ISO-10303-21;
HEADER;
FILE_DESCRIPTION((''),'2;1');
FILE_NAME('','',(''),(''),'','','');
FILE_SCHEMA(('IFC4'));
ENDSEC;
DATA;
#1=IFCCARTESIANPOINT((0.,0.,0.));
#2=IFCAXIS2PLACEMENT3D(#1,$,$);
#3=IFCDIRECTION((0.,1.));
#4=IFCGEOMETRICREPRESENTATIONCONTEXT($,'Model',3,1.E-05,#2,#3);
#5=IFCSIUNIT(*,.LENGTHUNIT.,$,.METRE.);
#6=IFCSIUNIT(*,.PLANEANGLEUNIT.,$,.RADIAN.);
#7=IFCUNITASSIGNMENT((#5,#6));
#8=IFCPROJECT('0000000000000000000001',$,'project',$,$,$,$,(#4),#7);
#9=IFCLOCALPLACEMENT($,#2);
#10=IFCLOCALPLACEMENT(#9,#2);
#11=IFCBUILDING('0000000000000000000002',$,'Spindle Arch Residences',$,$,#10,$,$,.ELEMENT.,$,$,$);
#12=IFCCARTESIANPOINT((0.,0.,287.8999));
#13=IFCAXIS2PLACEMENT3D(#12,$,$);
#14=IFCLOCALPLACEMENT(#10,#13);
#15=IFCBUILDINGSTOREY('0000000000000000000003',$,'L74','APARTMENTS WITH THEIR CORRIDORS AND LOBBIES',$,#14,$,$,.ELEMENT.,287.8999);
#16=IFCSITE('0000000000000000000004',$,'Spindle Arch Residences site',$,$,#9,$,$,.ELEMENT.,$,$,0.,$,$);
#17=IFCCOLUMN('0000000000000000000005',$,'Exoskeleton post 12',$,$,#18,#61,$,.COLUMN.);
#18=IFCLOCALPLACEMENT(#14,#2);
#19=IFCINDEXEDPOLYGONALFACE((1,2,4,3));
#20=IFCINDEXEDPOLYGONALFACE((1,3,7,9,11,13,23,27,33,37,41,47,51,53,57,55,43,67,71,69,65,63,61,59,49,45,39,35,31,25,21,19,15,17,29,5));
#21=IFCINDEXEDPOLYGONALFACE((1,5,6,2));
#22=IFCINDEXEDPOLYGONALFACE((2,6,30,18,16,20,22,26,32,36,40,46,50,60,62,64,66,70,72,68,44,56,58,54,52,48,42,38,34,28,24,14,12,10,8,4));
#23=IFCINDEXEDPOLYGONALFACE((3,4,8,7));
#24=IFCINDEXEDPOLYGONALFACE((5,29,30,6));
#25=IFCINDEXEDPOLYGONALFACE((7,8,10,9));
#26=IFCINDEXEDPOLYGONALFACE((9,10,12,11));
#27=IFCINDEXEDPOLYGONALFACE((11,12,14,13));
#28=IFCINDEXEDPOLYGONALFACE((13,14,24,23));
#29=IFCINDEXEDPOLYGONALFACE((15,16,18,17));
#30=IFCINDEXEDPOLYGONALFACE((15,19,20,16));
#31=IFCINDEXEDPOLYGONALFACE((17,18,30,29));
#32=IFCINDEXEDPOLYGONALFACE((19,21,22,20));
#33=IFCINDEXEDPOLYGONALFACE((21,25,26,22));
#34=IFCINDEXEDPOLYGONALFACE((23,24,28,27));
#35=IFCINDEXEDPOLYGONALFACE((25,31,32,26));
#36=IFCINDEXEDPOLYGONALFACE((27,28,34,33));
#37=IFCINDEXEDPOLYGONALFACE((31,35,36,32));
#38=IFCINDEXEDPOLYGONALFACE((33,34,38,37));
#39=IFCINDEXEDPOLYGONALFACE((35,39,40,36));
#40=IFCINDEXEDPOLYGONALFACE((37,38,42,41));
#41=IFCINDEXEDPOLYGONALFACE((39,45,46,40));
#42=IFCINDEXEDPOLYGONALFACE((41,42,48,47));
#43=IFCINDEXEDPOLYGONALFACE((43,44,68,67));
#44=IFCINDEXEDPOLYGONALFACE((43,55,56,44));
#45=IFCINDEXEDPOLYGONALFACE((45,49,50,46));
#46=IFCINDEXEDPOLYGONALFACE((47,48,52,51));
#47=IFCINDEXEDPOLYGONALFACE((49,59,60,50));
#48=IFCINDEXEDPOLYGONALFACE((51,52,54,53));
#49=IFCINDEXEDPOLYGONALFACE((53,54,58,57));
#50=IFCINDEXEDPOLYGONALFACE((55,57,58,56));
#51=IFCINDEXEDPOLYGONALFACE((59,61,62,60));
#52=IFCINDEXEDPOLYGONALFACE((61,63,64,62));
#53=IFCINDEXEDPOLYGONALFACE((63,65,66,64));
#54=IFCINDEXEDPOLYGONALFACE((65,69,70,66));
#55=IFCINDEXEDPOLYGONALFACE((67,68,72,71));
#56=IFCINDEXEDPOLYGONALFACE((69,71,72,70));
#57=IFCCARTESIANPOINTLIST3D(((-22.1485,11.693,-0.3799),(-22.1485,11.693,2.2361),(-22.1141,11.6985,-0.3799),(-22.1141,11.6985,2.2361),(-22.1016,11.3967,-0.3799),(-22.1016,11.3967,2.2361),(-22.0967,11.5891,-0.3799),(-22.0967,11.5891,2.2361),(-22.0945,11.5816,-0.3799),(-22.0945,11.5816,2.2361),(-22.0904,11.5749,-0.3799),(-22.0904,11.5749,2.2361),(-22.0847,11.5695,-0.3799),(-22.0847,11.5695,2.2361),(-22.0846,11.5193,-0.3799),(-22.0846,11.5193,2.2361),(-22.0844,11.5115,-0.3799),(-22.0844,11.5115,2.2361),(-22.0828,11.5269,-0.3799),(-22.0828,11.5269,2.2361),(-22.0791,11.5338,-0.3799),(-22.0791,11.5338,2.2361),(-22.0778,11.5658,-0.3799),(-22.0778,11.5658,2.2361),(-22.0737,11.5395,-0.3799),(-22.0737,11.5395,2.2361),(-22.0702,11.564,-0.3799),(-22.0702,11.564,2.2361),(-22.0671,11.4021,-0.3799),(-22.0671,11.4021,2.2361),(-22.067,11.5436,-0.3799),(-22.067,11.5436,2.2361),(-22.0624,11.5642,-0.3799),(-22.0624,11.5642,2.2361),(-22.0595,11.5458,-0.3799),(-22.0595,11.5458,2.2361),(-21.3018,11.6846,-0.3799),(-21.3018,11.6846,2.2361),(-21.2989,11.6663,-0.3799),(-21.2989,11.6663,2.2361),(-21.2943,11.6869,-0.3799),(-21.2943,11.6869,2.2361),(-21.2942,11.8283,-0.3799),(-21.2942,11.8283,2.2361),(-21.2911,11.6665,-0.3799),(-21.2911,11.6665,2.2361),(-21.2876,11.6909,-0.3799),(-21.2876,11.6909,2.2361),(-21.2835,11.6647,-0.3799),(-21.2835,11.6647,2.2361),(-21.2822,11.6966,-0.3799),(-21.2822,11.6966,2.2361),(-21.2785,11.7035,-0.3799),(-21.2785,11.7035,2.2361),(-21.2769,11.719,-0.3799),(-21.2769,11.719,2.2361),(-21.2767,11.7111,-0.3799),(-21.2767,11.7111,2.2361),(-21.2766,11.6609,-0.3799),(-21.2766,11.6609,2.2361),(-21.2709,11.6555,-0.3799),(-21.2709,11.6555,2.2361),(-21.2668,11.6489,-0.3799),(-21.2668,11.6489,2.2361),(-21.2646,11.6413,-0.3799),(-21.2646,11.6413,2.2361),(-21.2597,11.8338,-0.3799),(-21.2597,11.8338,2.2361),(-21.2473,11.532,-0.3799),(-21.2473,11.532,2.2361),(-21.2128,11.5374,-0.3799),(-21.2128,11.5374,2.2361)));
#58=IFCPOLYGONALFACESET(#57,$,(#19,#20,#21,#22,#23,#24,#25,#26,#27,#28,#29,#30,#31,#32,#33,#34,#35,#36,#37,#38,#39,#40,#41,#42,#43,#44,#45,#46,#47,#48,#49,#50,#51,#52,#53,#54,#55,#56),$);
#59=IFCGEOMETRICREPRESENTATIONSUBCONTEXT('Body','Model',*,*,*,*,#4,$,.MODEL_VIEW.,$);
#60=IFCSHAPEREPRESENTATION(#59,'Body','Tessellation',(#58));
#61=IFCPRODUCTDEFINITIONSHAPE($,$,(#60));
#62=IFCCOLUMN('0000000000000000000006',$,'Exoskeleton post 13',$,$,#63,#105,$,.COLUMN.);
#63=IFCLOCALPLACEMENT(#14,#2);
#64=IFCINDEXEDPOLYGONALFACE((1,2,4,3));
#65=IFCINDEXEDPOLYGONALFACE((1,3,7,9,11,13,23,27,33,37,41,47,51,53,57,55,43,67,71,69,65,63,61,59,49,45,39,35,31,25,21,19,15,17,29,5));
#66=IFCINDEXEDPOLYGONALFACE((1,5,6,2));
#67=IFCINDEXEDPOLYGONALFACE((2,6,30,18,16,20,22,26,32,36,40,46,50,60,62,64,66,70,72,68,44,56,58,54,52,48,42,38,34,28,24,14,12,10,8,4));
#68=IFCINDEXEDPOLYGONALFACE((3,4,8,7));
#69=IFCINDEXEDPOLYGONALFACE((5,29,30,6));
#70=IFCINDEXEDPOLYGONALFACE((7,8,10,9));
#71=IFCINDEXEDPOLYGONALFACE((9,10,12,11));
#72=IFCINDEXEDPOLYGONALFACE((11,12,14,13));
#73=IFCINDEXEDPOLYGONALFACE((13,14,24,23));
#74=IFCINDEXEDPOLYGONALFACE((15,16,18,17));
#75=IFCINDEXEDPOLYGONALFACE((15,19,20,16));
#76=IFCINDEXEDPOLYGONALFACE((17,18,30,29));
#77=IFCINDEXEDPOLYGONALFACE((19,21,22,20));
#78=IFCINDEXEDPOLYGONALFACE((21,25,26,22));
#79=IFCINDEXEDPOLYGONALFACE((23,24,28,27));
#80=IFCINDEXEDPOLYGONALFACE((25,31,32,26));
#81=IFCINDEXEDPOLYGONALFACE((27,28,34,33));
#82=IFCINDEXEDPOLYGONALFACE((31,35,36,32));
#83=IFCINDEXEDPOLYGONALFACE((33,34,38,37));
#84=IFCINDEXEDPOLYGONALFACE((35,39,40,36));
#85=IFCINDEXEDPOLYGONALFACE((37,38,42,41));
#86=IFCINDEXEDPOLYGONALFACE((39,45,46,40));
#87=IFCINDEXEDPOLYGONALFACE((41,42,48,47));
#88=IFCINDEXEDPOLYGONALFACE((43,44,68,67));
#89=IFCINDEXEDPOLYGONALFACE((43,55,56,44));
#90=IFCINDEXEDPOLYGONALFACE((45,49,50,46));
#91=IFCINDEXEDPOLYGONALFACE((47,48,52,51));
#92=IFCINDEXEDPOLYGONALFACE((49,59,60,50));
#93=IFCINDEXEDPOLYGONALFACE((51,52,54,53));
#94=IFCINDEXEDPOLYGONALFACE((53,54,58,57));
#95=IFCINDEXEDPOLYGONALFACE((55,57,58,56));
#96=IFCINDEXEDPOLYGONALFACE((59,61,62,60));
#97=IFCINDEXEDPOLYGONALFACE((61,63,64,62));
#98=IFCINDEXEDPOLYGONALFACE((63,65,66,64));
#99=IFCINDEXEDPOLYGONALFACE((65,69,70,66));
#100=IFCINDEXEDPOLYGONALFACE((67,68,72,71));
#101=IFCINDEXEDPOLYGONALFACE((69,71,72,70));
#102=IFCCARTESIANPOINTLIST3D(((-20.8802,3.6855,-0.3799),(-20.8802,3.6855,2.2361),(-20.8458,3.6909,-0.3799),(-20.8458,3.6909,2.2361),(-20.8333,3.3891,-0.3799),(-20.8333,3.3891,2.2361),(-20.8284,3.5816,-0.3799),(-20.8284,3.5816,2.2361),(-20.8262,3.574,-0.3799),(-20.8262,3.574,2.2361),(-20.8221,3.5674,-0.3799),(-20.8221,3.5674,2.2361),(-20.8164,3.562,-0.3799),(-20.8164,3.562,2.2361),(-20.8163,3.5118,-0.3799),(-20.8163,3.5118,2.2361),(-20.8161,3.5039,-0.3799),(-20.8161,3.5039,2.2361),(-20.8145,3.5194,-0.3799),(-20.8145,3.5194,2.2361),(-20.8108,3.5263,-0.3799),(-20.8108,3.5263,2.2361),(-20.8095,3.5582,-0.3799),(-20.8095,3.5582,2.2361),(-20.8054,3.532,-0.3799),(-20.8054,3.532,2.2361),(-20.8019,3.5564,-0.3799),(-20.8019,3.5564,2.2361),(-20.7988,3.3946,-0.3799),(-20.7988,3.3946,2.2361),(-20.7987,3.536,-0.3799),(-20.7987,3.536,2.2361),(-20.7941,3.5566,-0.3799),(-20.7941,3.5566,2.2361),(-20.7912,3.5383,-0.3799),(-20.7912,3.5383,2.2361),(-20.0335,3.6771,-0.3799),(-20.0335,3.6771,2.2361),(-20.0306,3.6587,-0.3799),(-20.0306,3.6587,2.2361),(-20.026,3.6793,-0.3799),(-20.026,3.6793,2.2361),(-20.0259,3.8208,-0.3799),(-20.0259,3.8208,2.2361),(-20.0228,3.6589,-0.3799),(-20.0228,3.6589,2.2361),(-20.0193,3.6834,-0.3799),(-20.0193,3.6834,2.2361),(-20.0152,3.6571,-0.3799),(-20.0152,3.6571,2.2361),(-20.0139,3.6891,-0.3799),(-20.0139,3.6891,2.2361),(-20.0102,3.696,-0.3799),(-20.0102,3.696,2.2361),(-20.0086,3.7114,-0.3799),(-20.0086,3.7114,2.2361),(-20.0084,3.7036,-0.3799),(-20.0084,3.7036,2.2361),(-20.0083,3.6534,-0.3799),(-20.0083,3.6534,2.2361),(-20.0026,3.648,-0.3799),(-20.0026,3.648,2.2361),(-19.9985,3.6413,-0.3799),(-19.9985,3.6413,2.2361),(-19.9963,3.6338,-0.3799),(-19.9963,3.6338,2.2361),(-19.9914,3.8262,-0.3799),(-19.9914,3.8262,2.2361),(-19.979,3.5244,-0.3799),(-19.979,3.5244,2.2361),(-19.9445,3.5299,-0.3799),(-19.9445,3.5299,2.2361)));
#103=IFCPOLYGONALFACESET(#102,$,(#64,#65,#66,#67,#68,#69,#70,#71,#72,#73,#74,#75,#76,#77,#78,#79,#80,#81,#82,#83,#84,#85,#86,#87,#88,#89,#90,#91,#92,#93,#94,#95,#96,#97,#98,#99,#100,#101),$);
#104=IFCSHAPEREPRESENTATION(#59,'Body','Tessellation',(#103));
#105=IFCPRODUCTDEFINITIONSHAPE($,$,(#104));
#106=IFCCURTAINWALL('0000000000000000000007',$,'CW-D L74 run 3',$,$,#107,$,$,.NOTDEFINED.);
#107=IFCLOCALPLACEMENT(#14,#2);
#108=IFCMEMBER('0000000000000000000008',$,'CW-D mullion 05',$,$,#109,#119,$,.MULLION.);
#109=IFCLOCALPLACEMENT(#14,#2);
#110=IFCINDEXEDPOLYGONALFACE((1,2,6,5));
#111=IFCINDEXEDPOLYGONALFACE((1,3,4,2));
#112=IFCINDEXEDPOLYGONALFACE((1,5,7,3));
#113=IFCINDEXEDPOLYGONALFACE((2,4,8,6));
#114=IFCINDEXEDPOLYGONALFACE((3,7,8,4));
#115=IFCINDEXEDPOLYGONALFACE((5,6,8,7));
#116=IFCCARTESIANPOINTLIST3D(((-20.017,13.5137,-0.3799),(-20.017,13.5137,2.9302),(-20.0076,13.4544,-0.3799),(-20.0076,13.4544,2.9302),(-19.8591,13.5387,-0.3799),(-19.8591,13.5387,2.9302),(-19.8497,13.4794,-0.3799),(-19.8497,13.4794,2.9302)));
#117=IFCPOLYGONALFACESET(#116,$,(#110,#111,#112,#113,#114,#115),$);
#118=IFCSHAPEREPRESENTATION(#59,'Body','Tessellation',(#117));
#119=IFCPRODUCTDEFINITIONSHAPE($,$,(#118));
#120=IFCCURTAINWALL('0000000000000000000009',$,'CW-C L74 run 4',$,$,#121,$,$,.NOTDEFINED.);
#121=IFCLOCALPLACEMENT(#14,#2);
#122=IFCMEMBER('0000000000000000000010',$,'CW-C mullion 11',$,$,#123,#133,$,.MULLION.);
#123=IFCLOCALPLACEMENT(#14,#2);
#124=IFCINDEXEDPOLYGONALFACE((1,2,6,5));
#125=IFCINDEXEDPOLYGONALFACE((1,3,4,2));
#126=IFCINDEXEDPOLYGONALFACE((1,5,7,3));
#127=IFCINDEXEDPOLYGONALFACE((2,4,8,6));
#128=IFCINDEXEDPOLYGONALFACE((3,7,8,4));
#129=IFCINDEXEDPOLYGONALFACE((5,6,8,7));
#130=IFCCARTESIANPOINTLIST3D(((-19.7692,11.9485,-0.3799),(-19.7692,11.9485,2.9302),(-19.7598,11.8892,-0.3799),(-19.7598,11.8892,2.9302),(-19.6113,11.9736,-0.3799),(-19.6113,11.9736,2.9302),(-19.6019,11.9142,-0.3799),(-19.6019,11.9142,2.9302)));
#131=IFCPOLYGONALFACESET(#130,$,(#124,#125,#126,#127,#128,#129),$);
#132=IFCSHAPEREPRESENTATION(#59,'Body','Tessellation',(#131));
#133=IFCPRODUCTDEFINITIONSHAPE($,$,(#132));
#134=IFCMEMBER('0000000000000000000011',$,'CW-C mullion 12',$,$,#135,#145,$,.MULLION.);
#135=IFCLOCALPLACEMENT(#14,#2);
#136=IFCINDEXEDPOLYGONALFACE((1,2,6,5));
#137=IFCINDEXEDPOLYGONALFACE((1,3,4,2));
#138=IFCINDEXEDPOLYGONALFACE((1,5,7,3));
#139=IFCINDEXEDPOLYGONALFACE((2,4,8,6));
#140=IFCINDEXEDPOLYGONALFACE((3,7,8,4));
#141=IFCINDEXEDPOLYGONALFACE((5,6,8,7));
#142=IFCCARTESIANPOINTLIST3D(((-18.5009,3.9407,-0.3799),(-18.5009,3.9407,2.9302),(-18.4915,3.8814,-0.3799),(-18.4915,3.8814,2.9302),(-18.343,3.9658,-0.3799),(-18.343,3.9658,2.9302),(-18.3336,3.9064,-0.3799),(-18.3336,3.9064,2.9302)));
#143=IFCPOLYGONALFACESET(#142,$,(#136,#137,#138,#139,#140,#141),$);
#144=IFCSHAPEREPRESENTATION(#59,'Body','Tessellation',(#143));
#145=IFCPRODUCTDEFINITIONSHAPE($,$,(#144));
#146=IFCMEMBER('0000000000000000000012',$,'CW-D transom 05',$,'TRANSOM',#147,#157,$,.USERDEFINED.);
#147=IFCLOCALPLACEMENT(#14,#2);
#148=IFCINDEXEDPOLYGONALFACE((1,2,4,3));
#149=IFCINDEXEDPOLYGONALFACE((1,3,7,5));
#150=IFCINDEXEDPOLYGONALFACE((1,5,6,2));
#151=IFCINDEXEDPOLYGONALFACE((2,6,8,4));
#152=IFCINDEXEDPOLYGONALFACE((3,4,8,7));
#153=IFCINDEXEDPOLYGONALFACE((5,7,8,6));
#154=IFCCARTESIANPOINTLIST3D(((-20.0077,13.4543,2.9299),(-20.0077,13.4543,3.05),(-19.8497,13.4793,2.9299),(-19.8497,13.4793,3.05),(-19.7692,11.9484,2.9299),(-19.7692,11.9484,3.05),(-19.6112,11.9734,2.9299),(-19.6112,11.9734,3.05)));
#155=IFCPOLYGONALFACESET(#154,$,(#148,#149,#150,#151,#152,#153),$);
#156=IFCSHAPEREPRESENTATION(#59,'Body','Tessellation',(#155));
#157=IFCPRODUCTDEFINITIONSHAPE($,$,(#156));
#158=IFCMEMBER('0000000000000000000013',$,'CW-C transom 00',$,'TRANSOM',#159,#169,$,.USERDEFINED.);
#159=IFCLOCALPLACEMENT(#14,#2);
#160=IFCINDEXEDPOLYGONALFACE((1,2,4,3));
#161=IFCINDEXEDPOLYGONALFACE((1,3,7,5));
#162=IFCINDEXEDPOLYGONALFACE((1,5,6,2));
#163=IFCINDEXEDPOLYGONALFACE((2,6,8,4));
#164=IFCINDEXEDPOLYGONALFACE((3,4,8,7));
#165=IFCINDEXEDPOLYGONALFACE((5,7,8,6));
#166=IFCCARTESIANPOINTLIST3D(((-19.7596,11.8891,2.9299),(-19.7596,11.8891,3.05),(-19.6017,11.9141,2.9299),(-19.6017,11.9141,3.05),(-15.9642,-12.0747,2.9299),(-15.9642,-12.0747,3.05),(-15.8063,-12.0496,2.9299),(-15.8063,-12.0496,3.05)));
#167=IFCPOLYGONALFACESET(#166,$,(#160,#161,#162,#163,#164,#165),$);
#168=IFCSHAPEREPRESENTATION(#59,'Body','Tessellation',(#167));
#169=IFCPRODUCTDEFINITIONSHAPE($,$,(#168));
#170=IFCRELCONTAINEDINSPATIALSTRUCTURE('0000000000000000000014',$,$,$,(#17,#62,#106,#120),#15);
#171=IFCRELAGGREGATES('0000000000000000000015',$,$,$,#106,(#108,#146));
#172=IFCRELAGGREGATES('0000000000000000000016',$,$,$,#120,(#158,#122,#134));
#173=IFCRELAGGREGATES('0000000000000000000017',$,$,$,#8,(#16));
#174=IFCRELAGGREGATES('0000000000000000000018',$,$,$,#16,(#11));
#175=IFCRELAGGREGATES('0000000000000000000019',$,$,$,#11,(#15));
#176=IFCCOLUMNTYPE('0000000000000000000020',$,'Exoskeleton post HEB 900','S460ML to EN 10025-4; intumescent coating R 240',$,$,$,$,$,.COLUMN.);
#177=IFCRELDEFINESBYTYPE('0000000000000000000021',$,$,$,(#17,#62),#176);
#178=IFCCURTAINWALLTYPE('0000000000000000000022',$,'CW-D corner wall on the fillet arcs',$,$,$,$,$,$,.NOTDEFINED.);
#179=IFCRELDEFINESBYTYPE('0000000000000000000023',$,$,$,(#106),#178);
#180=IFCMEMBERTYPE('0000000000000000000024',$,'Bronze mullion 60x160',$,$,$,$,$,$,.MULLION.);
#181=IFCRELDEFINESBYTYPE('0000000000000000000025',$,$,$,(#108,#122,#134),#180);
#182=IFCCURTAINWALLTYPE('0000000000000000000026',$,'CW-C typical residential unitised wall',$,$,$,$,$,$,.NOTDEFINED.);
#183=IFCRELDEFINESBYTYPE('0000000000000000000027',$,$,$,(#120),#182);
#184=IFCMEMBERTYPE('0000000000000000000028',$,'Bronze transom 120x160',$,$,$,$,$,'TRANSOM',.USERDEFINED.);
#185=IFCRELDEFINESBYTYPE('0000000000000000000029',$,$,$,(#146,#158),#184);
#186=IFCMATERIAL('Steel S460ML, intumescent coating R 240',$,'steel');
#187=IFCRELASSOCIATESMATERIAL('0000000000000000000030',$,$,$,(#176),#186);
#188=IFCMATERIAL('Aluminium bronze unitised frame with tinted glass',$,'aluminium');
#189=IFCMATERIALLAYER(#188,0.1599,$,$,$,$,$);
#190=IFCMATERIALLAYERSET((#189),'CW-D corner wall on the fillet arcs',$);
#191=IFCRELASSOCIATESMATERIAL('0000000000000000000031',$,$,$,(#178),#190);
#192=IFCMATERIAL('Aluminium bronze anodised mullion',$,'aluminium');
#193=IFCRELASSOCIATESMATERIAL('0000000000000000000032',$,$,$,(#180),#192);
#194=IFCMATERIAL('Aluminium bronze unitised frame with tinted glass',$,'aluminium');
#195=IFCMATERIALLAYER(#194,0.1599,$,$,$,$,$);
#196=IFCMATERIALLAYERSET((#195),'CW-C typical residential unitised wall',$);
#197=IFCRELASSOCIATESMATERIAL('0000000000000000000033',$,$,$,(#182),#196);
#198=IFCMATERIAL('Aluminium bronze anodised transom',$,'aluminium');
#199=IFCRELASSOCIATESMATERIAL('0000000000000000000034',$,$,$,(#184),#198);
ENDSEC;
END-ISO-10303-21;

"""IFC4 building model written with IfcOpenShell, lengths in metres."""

from ifc_helpers import new_model, si_unit, direction, frame, origin, origin_2d, place, context, subcontext, project, spatial, rectangle, i_section, extrude, material, layer, layer_set, material_profile, profile_set, type_object, element, aggregate, save


model = new_model("IFC4")

# Units and contexts
model_context = context("Model", 3, precision=1e-05, world=origin(), true_north=direction((0.0, 1.0)))
body_context = subcontext(model_context, "Body", "Model", "MODEL_VIEW")
ifc_project = project(units=[si_unit("LENGTHUNIT", "METRE"), si_unit("PLANEANGLEUNIT", "RADIAN")], contexts=[model_context])

# Site, building, storey
site_placement = place(None, origin())
site = spatial("IfcSite", under=ifc_project, at=site_placement, Name="Spindle Arch Residences site", CompositionType="ELEMENT", RefElevation=0.0)
building_placement = place(site_placement, origin())
building = spatial("IfcBuilding", under=site, at=building_placement, Name="Spindle Arch Residences", CompositionType="ELEMENT")
storey_placement = place(building_placement, frame((0.0, 0.0, 287.8999)))
storey = spatial("IfcBuildingStorey", under=building, at=storey_placement, Name="L74", Description="APARTMENTS WITH THEIR CORRIDORS AND LOBBIES", CompositionType="ELEMENT", Elevation=287.8999)

# Columns
ifc_material_1 = material(Name="Steel S460ML, intumescent coating R 240", Category="steel")
ifc_material_profile_1 = material_profile(ifc_material_1, i_section(OverallWidth=0.3, OverallDepth=0.8999, WebThickness=0.0186, FlangeThickness=0.0349, FilletRadius=0.03, at=origin_2d()), Name="HEB 900")
ifc_profile_set_1 = profile_set([ifc_material_profile_1], Name="Steel S460ML, intumescent coating R 240")
column_type = type_object("IfcColumnType", Name="Exoskeleton post HEB 900", Description="S460ML to EN 10025-4; intumescent coating R 240", PredefinedType="COLUMN", material=ifc_profile_set_1)
for number, where, z_axis, x_axis, name in (
    (1, (-21.6807, 11.6152, -0.3799), (0.0, 0.0, 1.0), (-0.156434, 0.987688, 0.0), "Exoskeleton post 12"),
    (2, (-20.4124, 3.6077, -0.3799), (0.0, 0.0, 1.0), (-0.156434, 0.987688, 0.0), "Exoskeleton post 13"),
):
    element("IfcColumn", number, at=place(storey_placement, frame(where, z_axis=z_axis, x_axis=x_axis)), inside=storey, type_object=column_type, Name=name, PredefinedType="COLUMN", context=body_context, shape_type="SweptSolid", body=[
        extrude(i_section(OverallWidth=0.3, OverallDepth=0.8999, WebThickness=0.0186, FlangeThickness=0.0349, FilletRadius=0.03, at=origin_2d()), origin(), (0.0, 0.0, 1.0), 2.616),
    ])

# Curtain wall, member
ifc_material_2 = material(Name="Aluminium bronze unitised frame with tinted glass", Category="aluminium")
ifc_layer_1 = layer(ifc_material_2, 0.1599)
ifc_layer_set_1 = layer_set([ifc_layer_1], Name="CW-D corner wall on the fillet arcs")
curtain_wall_type_1 = type_object("IfcCurtainWallType", Name="CW-D corner wall on the fillet arcs", PredefinedType="NOTDEFINED", material=ifc_layer_set_1)
curtain_wall_1_placement = place(storey_placement, origin())
curtain_wall_1 = element("IfcCurtainWall", 3, at=curtain_wall_1_placement, inside=storey, type_object=curtain_wall_type_1, Name="CW-D L74 run 3", PredefinedType="NOTDEFINED")
ifc_material_3 = material(Name="Aluminium bronze anodised mullion", Category="aluminium")
ifc_material_profile_2 = material_profile(ifc_material_3, rectangle(XDim=0.1599, YDim=0.0601, at=origin_2d()), Name="MU 60x160")
ifc_profile_set_2 = profile_set([ifc_material_profile_2], Name="Aluminium bronze anodised mullion")
member_type_1 = type_object("IfcMemberType", Name="Bronze mullion 60x160", PredefinedType="MULLION", material=ifc_profile_set_2)
member_1_placement = place(storey_placement, frame((-19.9333, 13.4966, -0.3799), z_axis=(0.0, 0.0, 1.0), x_axis=(0.987688, 0.156434, 0.0)))
member_1 = element("IfcMember", 4, at=member_1_placement, type_object=member_type_1, Name="CW-D mullion 05", PredefinedType="MULLION", context=body_context, shape_type="SweptSolid", body=[
    extrude(rectangle(XDim=0.1599, YDim=0.0601, at=origin_2d()), origin(), (0.0, 0.0, 1.0), 3.3101),
])

# Curtain wall, members
ifc_material_4 = material(Name="Aluminium bronze unitised frame with tinted glass", Category="aluminium")
ifc_layer_2 = layer(ifc_material_4, 0.1599)
ifc_layer_set_2 = layer_set([ifc_layer_2], Name="CW-C typical residential unitised wall")
curtain_wall_type_2 = type_object("IfcCurtainWallType", Name="CW-C typical residential unitised wall", PredefinedType="NOTDEFINED", material=ifc_layer_set_2)
curtain_wall_2_placement = place(storey_placement, origin())
curtain_wall_2 = element("IfcCurtainWall", 5, at=curtain_wall_2_placement, inside=storey, type_object=curtain_wall_type_2, Name="CW-C L74 run 4", PredefinedType="NOTDEFINED")
member_2_placement = place(storey_placement, frame((-19.6855, 11.9314, -0.3799), z_axis=(0.0, 0.0, 1.0), x_axis=(0.987688, 0.156434, 0.0)))
member_2 = element("IfcMember", 6, at=member_2_placement, type_object=member_type_1, Name="CW-C mullion 11", PredefinedType="MULLION", context=body_context, shape_type="SweptSolid", body=[
    extrude(rectangle(XDim=0.1599, YDim=0.0601, at=origin_2d()), origin(), (0.0, 0.0, 1.0), 3.3101),
])
member_3_placement = place(storey_placement, frame((-18.4172, 3.9236, -0.3799), z_axis=(0.0, 0.0, 1.0), x_axis=(0.987688, 0.156434, 0.0)))
member_3 = element("IfcMember", 7, at=member_3_placement, type_object=member_type_1, Name="CW-C mullion 12", PredefinedType="MULLION", context=body_context, shape_type="SweptSolid", body=[
    extrude(rectangle(XDim=0.1599, YDim=0.0601, at=origin_2d()), origin(), (0.0, 0.0, 1.0), 3.3101),
])

# Members
ifc_material_5 = material(Name="Aluminium bronze anodised transom", Category="aluminium")
ifc_material_profile_3 = material_profile(ifc_material_5, rectangle(XDim=0.1599, YDim=0.1201, at=origin_2d()), Name="TR 120x160")
ifc_profile_set_3 = profile_set([ifc_material_profile_3], Name="Aluminium bronze anodised transom")
member_type_2 = type_object("IfcMemberType", Name="Bronze transom 120x160", ElementType="TRANSOM", PredefinedType="USERDEFINED", material=ifc_profile_set_3)
member_4_placement = place(storey_placement, frame((-19.9287, 13.4668, 2.99), z_axis=(0.156448, -0.987686, 0.0), x_axis=(0.987686, 0.156448, 0.0)))
member_4 = element("IfcMember", 8, at=member_4_placement, type_object=member_type_2, Name="CW-D transom 05", ObjectType="TRANSOM", PredefinedType="USERDEFINED", context=body_context, shape_type="SweptSolid", body=[
    extrude(rectangle(XDim=0.1599, YDim=0.1201, at=origin_2d()), origin(), (0.0, 0.0, 1.0), 1.5247),
])
member_5_placement = place(storey_placement, frame((-19.6807, 11.9016, 2.99), z_axis=(0.156431, -0.987689, 0.0), x_axis=(0.987689, 0.156431, 0.0)))
member_5 = element("IfcMember", 9, at=member_5_placement, type_object=member_type_2, Name="CW-C transom 00", ObjectType="TRANSOM", PredefinedType="USERDEFINED", context=body_context, shape_type="SweptSolid", body=[
    extrude(rectangle(XDim=0.1599, YDim=0.1201, at=origin_2d()), origin(), (0.0, 0.0, 1.0), 24.2625),
])

aggregate(curtain_wall_1, [member_1, member_4])
aggregate(curtain_wall_2, [member_5, member_2, member_3])

save(model, "model.ifc")
